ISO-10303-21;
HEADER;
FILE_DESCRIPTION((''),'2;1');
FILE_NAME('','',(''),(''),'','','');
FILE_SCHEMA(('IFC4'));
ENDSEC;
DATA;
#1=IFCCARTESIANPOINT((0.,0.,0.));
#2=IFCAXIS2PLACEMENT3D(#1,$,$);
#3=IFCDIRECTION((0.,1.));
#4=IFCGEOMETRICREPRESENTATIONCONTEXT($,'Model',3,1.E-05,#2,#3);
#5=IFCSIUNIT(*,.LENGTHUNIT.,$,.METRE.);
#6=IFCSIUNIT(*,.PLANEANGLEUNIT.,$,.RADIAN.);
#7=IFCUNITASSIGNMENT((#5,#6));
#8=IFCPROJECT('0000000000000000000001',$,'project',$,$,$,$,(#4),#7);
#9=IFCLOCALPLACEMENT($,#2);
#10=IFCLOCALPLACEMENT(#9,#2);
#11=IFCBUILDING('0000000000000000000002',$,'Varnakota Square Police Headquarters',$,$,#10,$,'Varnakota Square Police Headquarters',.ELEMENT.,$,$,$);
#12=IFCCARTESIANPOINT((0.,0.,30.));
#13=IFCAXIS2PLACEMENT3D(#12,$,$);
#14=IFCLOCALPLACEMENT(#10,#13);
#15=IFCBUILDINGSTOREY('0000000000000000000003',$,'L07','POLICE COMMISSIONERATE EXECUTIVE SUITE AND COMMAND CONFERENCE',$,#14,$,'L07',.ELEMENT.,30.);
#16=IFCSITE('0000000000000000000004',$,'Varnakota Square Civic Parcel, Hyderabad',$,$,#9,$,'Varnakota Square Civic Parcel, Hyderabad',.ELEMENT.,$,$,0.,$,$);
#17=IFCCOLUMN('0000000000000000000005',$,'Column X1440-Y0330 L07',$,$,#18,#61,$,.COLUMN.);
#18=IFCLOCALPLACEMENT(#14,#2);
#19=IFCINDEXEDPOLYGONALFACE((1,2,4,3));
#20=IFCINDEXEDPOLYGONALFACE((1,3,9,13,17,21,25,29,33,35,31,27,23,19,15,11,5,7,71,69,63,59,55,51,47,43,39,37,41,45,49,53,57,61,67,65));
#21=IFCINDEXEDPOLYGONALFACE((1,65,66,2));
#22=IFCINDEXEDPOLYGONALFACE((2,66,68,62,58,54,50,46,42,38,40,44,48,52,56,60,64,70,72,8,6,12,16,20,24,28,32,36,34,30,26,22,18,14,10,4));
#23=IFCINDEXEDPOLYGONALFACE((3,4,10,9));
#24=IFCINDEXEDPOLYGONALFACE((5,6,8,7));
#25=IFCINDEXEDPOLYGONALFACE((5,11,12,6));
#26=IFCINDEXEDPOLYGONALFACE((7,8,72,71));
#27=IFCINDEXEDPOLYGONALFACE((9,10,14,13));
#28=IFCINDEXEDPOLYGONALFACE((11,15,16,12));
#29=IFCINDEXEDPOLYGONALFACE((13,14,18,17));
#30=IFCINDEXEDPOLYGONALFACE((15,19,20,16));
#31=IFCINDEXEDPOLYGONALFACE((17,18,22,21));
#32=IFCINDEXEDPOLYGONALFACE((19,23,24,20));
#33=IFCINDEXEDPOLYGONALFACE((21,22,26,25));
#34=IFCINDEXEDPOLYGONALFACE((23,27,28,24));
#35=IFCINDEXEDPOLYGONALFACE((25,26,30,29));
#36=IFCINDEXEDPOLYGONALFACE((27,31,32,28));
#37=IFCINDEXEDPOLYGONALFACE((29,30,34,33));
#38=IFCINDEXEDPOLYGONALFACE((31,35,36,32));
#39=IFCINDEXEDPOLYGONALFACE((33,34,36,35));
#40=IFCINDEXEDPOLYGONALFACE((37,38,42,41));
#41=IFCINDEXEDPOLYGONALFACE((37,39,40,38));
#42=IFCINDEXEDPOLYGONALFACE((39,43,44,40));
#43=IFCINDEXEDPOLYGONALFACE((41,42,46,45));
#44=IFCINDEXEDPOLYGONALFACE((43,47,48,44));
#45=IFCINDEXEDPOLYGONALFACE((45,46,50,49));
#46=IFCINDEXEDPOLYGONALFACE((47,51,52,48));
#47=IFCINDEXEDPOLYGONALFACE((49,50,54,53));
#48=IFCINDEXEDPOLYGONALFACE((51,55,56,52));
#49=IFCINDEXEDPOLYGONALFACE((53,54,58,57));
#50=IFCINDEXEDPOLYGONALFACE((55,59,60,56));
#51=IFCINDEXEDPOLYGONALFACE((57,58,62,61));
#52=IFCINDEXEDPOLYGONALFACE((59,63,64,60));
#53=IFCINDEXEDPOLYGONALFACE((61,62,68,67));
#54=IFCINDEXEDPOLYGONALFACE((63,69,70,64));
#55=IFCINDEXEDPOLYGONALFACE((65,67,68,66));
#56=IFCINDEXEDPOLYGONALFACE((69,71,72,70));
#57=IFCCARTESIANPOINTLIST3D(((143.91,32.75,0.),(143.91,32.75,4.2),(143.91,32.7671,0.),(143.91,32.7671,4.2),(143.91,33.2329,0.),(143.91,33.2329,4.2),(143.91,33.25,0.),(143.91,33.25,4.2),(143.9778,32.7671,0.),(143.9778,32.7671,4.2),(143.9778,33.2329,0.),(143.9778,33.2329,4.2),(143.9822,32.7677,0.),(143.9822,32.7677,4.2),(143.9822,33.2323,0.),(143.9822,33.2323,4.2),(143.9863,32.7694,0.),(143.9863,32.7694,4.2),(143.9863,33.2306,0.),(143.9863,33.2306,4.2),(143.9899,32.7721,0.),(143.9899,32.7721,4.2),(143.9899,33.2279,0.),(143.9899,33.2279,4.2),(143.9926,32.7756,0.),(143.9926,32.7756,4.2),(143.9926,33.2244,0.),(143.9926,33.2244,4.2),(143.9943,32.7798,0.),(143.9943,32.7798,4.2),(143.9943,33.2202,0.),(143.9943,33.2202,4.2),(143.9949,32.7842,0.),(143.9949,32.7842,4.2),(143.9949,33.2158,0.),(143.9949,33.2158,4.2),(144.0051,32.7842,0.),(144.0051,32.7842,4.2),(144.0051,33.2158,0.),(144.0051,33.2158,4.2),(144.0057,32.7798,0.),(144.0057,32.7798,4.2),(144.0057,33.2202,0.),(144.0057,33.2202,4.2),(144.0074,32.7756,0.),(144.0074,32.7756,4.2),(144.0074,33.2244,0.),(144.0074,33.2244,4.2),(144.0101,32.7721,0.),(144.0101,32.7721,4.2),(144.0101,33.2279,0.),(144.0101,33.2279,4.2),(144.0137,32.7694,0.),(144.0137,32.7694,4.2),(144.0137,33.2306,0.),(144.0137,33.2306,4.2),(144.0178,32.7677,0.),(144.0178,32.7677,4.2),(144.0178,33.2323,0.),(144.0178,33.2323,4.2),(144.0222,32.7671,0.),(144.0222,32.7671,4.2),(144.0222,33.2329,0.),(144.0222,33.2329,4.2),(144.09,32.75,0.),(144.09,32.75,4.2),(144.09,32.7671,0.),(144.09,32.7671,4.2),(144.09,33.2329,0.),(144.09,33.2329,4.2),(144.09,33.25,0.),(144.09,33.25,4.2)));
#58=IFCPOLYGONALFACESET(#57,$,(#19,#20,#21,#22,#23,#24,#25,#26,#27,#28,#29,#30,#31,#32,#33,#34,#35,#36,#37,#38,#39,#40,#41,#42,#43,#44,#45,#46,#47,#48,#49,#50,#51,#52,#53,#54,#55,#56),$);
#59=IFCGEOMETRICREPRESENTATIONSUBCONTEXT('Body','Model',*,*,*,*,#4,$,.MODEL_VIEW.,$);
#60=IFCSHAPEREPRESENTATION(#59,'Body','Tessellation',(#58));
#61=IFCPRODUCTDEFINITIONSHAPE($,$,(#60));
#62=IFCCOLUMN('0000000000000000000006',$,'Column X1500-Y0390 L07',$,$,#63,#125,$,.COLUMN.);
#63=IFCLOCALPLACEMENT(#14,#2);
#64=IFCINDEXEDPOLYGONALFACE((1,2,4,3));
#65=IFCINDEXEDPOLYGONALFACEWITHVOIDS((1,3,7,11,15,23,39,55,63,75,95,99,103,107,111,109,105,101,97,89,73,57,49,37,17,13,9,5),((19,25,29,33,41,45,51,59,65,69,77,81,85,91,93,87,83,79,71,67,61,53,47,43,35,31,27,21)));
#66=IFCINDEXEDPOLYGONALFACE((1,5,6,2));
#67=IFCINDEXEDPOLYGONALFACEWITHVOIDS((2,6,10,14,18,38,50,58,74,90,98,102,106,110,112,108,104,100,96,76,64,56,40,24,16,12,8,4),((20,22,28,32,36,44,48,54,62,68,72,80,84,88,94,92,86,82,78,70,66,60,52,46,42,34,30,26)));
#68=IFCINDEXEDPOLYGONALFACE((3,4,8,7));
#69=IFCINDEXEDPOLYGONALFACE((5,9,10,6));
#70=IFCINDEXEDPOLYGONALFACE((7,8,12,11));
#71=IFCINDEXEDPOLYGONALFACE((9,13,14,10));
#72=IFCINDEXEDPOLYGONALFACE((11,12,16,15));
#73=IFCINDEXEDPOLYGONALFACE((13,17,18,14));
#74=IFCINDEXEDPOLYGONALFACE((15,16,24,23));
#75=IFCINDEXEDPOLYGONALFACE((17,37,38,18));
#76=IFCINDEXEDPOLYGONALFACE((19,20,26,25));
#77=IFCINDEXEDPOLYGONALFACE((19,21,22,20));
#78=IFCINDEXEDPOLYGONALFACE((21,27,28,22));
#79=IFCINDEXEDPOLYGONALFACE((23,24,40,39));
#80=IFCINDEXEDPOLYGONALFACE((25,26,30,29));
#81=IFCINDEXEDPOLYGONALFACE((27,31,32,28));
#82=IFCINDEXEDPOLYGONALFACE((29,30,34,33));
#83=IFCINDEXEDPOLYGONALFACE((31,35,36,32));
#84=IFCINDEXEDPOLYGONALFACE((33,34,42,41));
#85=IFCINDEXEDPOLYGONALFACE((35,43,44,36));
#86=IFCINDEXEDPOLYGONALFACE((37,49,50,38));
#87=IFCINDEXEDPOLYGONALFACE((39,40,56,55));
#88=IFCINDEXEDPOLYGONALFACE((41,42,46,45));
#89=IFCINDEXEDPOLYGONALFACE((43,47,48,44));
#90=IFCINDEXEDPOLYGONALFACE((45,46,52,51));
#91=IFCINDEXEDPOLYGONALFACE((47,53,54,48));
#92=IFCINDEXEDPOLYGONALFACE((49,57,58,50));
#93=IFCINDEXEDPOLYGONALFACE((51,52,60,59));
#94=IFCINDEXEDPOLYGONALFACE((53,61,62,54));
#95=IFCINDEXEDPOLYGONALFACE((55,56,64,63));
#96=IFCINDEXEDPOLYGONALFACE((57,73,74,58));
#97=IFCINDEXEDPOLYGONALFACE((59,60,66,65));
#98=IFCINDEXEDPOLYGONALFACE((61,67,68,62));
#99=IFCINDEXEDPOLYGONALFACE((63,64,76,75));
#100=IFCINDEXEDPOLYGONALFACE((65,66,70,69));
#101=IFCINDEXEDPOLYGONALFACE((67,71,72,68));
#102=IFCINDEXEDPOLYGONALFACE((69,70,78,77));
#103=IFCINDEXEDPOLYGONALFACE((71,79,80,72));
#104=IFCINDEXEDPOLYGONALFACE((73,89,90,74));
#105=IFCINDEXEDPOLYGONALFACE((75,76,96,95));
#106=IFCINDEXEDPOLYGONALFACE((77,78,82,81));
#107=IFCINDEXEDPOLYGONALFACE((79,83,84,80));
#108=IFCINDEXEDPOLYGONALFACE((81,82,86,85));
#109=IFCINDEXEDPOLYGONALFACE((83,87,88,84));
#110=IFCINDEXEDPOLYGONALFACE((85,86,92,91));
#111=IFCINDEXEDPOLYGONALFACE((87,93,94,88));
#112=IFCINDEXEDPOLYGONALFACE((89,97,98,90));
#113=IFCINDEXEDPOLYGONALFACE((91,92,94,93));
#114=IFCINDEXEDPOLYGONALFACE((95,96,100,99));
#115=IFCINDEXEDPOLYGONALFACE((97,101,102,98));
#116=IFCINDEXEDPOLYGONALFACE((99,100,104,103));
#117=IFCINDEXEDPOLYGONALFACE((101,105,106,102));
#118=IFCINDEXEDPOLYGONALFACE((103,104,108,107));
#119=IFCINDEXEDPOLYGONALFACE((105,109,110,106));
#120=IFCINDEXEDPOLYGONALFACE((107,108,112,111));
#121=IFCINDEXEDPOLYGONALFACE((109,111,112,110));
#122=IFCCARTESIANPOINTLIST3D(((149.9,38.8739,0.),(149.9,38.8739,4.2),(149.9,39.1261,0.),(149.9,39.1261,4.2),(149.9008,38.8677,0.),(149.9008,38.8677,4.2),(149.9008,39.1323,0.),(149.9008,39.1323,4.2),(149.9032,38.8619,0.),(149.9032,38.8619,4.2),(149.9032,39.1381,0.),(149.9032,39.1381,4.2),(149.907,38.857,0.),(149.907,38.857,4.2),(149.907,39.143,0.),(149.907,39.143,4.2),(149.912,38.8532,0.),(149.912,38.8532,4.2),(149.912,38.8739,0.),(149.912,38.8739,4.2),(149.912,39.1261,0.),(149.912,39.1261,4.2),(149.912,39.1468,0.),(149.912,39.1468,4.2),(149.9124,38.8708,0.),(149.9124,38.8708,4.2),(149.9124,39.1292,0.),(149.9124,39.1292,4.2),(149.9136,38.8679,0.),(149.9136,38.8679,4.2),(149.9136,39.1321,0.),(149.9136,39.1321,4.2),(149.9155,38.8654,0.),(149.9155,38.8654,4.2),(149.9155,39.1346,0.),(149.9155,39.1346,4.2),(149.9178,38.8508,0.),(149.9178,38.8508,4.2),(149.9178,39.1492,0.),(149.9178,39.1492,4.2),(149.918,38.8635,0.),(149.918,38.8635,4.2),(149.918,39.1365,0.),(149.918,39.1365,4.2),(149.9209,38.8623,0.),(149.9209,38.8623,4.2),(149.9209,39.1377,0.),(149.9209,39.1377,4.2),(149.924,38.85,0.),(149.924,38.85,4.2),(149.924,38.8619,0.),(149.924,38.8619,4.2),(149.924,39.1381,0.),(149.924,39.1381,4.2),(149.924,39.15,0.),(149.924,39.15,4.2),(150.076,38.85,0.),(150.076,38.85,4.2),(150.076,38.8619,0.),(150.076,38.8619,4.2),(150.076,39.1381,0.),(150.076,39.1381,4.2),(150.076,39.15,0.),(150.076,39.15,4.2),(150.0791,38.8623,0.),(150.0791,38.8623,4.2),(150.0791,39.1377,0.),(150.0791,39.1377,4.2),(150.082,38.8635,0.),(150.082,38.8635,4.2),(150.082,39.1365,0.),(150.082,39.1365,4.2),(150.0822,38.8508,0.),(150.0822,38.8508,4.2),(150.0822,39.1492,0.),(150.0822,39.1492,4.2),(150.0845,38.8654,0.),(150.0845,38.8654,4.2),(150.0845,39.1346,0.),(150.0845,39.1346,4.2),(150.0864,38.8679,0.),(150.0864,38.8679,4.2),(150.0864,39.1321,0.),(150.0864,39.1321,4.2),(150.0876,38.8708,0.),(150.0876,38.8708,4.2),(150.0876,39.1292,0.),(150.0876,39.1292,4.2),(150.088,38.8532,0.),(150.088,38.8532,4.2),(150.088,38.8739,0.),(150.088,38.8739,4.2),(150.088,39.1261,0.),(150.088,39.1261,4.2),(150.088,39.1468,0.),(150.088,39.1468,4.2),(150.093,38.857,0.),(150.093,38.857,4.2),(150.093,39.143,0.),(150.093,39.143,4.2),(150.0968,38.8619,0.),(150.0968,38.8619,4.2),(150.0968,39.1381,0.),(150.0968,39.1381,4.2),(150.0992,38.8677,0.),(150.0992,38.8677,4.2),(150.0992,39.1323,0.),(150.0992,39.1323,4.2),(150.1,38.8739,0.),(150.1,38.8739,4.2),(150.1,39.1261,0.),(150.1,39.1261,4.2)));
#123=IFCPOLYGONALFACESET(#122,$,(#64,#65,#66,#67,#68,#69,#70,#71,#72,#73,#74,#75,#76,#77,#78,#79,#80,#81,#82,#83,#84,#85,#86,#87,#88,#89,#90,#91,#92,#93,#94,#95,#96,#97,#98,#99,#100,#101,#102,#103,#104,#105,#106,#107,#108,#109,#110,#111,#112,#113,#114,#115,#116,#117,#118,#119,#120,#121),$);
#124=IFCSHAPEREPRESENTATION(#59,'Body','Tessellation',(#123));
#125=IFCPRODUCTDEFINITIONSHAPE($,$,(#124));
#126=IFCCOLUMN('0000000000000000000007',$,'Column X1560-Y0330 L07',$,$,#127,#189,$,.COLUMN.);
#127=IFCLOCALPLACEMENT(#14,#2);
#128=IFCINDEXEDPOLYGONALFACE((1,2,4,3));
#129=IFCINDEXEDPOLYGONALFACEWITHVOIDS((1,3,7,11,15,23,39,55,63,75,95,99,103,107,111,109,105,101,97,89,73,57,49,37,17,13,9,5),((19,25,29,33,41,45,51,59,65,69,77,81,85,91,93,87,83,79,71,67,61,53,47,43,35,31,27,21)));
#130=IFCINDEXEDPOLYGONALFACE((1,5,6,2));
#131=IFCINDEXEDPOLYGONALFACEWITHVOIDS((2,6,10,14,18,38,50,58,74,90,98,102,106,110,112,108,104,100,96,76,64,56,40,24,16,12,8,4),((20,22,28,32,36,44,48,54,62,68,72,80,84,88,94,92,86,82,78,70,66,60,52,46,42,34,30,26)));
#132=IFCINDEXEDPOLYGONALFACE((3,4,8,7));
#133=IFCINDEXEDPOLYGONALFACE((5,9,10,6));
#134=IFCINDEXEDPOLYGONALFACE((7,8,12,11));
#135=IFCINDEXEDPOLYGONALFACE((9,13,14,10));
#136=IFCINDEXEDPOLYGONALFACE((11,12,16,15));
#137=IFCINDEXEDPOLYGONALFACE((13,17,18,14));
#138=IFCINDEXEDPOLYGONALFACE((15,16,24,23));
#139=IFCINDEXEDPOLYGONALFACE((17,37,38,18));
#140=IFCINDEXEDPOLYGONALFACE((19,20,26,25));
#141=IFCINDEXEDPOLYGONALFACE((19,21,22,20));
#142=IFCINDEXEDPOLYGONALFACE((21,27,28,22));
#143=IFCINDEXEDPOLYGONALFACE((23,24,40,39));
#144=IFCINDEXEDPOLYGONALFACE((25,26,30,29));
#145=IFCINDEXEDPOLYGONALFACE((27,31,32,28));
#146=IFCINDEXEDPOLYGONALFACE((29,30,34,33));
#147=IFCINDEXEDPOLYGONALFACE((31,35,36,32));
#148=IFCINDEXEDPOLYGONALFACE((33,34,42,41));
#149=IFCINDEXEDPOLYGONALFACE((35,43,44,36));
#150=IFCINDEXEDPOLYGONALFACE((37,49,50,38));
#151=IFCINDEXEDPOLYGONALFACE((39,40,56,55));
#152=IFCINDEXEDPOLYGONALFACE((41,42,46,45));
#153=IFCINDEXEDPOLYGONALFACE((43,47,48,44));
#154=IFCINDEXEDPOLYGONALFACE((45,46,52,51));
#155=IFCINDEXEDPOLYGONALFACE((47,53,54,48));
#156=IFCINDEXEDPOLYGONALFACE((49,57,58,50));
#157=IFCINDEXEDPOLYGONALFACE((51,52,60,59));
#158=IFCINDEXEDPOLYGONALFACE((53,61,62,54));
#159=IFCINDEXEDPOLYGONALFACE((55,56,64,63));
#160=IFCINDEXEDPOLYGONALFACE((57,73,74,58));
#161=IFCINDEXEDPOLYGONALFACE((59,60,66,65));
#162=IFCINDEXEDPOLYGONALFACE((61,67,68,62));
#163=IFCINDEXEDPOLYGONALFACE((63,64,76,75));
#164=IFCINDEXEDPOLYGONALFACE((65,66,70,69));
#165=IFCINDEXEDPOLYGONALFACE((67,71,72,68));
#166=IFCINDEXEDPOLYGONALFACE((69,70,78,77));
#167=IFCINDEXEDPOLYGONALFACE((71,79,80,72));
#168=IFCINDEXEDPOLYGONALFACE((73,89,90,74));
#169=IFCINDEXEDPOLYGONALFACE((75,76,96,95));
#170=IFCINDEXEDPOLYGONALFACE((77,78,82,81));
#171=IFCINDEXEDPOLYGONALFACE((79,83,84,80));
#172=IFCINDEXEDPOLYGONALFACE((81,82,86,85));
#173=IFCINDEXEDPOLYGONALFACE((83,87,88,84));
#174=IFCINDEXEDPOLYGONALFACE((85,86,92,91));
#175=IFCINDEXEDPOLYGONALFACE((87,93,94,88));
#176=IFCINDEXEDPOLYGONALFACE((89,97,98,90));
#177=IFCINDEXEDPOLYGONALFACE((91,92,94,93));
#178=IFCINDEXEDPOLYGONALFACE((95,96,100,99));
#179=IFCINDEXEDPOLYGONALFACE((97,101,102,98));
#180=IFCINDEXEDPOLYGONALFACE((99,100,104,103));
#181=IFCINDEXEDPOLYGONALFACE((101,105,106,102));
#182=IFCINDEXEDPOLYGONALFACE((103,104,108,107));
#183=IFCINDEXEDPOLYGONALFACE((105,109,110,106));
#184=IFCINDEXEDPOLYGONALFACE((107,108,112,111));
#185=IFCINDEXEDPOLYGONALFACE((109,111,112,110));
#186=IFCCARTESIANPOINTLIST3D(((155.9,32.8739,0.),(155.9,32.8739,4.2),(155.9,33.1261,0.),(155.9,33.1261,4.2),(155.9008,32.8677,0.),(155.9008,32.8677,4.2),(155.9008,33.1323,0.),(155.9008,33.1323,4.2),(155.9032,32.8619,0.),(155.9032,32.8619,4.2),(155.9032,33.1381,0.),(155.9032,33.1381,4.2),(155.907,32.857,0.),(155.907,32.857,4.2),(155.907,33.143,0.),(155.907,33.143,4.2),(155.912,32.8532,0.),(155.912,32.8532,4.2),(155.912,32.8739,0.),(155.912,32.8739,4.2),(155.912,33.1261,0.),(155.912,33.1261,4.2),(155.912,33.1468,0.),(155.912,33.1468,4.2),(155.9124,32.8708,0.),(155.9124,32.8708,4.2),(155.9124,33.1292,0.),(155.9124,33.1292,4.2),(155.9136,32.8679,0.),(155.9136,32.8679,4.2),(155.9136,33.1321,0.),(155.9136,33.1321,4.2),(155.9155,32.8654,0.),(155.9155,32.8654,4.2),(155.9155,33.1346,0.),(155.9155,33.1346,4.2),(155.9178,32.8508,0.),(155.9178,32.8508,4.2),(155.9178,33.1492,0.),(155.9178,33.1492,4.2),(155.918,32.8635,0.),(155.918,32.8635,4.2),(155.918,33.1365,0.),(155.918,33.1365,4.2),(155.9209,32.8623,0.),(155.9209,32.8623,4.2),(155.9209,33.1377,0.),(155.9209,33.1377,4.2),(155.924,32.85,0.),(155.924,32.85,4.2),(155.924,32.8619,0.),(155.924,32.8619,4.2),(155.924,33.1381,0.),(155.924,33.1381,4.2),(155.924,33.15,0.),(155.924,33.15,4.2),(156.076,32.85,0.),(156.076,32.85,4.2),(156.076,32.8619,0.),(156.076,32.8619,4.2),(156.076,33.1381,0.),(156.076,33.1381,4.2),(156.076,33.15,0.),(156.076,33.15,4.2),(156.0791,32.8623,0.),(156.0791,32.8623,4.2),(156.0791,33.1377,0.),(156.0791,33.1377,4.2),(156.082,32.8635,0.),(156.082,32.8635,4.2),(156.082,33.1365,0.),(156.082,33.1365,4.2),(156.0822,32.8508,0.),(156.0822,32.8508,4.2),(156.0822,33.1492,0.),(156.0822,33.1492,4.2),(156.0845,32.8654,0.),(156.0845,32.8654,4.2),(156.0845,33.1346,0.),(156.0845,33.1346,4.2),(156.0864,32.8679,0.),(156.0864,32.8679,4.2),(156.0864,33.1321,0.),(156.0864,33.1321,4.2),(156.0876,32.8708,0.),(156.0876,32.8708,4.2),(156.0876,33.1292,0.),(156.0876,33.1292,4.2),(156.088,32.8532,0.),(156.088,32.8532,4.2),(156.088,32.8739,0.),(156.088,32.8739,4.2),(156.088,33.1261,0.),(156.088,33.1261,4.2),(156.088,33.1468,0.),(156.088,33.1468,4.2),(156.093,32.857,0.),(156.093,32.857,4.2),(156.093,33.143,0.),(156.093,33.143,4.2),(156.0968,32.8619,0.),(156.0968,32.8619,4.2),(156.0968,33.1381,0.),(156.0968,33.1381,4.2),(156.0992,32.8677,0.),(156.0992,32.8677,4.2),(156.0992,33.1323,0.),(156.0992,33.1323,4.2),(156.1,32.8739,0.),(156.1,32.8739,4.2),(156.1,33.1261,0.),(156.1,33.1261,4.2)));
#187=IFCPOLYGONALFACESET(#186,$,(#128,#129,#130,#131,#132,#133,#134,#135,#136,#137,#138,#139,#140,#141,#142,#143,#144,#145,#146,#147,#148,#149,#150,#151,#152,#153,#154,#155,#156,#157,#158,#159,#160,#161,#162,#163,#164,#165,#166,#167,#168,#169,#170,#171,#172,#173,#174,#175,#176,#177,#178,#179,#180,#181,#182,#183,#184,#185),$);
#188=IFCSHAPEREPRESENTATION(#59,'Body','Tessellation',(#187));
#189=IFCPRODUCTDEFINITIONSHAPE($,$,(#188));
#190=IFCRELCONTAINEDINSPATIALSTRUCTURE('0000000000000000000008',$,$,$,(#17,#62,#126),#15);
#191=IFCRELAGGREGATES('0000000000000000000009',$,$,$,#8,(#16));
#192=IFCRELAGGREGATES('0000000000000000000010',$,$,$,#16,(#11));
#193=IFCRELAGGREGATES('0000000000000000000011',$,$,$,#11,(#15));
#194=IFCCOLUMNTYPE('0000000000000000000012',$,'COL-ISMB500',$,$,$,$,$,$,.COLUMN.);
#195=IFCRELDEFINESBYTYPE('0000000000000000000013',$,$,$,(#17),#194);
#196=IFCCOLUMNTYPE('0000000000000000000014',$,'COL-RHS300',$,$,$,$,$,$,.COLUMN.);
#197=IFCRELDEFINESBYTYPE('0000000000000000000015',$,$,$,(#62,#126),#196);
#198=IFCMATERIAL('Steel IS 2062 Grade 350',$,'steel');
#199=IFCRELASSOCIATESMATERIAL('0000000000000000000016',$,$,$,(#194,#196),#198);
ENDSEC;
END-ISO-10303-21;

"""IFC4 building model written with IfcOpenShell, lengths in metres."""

from ifc_helpers import new_model, si_unit, direction, frame, origin, origin_2d, place, context, subcontext, project, spatial, hollow_rectangle, i_section, extrude, material, material_profile, profile_set, type_object, element, save


model = new_model("IFC4")

# Units and contexts
model_context = context("Model", 3, precision=1e-05, world=origin(), true_north=direction((0.0, 1.0)))
body_context = subcontext(model_context, "Body", "Model", "MODEL_VIEW")
ifc_project = project(units=[si_unit("LENGTHUNIT", "METRE"), si_unit("PLANEANGLEUNIT", "RADIAN")], contexts=[model_context])

# Site, building, storey
site_placement = place(None, origin())
site = spatial("IfcSite", under=ifc_project, at=site_placement, Name="Varnakota Square Civic Parcel, Hyderabad", LongName="Varnakota Square Civic Parcel, Hyderabad", CompositionType="ELEMENT", RefElevation=0.0)
building_placement = place(site_placement, origin())
building = spatial("IfcBuilding", under=site, at=building_placement, Name="Varnakota Square Police Headquarters", LongName="Varnakota Square Police Headquarters", CompositionType="ELEMENT")
storey_placement = place(building_placement, frame((0.0, 0.0, 30.0)))
storey = spatial("IfcBuildingStorey", under=building, at=storey_placement, Name="L07", Description="POLICE COMMISSIONERATE EXECUTIVE SUITE AND COMMAND CONFERENCE", LongName="L07", CompositionType="ELEMENT", Elevation=30.0)

# Columns
ifc_material_1 = material(Name="Steel IS 2062 Grade 350", Category="steel")
ifc_material_profile_1 = material_profile(ifc_material_1, i_section(OverallWidth=0.1799, OverallDepth=0.5, WebThickness=0.0103, FlangeThickness=0.0171, FilletRadius=0.0171, at=origin_2d()), Name="ISMB 500")
ifc_profile_set_1 = profile_set([ifc_material_profile_1], Name="Steel IS 2062 Grade 350")
column_type_1 = type_object("IfcColumnType", Name="COL-ISMB500", PredefinedType="COLUMN", material=ifc_profile_set_1)
column_placement = place(storey_placement, frame((144.0, 33.0, 0.0), z_axis=(0.0, 0.0, 1.0), x_axis=(1.0, 0.0, 0.0)))
element("IfcColumn", 1, at=column_placement, inside=storey, type_object=column_type_1, Name="Column X1440-Y0330 L07", PredefinedType="COLUMN", context=body_context, shape_type="SweptSolid", body=[
    extrude(i_section(OverallWidth=0.1799, OverallDepth=0.5, WebThickness=0.0103, FlangeThickness=0.0171, FilletRadius=0.0171, at=origin_2d()), origin(), (0.0, 0.0, 1.0), 4.2),
])
ifc_material_profile_2 = material_profile(ifc_material_1, hollow_rectangle(XDim=0.2, YDim=0.3, WallThickness=0.012, InnerFilletRadius=0.012, OuterFilletRadius=0.0239, at=origin_2d()), Name="RHS 300x200x12")
ifc_profile_set_2 = profile_set([ifc_material_profile_2], Name="Steel IS 2062 Grade 350")
column_type_2 = type_object("IfcColumnType", Name="COL-RHS300", PredefinedType="COLUMN", material=ifc_profile_set_2)
for number, where, z_axis, x_axis, name in (
    (2, (150.0, 39.0, 0.0), (0.0, 0.0, 1.0), (1.0, 0.0, 0.0), "Column X1500-Y0390 L07"),
    (3, (156.0, 33.0, 0.0), (0.0, 0.0, 1.0), (1.0, 0.0, 0.0), "Column X1560-Y0330 L07"),
):
    element("IfcColumn", number, at=place(storey_placement, frame(where, z_axis=z_axis, x_axis=x_axis)), inside=storey, type_object=column_type_2, Name=name, PredefinedType="COLUMN", context=body_context, shape_type="SweptSolid", body=[
        extrude(hollow_rectangle(XDim=0.2, YDim=0.3, WallThickness=0.012, InnerFilletRadius=0.012, OuterFilletRadius=0.0239, at=origin_2d()), origin(), (0.0, 0.0, 1.0), 4.2),
    ])

save(model, "model.ifc")
